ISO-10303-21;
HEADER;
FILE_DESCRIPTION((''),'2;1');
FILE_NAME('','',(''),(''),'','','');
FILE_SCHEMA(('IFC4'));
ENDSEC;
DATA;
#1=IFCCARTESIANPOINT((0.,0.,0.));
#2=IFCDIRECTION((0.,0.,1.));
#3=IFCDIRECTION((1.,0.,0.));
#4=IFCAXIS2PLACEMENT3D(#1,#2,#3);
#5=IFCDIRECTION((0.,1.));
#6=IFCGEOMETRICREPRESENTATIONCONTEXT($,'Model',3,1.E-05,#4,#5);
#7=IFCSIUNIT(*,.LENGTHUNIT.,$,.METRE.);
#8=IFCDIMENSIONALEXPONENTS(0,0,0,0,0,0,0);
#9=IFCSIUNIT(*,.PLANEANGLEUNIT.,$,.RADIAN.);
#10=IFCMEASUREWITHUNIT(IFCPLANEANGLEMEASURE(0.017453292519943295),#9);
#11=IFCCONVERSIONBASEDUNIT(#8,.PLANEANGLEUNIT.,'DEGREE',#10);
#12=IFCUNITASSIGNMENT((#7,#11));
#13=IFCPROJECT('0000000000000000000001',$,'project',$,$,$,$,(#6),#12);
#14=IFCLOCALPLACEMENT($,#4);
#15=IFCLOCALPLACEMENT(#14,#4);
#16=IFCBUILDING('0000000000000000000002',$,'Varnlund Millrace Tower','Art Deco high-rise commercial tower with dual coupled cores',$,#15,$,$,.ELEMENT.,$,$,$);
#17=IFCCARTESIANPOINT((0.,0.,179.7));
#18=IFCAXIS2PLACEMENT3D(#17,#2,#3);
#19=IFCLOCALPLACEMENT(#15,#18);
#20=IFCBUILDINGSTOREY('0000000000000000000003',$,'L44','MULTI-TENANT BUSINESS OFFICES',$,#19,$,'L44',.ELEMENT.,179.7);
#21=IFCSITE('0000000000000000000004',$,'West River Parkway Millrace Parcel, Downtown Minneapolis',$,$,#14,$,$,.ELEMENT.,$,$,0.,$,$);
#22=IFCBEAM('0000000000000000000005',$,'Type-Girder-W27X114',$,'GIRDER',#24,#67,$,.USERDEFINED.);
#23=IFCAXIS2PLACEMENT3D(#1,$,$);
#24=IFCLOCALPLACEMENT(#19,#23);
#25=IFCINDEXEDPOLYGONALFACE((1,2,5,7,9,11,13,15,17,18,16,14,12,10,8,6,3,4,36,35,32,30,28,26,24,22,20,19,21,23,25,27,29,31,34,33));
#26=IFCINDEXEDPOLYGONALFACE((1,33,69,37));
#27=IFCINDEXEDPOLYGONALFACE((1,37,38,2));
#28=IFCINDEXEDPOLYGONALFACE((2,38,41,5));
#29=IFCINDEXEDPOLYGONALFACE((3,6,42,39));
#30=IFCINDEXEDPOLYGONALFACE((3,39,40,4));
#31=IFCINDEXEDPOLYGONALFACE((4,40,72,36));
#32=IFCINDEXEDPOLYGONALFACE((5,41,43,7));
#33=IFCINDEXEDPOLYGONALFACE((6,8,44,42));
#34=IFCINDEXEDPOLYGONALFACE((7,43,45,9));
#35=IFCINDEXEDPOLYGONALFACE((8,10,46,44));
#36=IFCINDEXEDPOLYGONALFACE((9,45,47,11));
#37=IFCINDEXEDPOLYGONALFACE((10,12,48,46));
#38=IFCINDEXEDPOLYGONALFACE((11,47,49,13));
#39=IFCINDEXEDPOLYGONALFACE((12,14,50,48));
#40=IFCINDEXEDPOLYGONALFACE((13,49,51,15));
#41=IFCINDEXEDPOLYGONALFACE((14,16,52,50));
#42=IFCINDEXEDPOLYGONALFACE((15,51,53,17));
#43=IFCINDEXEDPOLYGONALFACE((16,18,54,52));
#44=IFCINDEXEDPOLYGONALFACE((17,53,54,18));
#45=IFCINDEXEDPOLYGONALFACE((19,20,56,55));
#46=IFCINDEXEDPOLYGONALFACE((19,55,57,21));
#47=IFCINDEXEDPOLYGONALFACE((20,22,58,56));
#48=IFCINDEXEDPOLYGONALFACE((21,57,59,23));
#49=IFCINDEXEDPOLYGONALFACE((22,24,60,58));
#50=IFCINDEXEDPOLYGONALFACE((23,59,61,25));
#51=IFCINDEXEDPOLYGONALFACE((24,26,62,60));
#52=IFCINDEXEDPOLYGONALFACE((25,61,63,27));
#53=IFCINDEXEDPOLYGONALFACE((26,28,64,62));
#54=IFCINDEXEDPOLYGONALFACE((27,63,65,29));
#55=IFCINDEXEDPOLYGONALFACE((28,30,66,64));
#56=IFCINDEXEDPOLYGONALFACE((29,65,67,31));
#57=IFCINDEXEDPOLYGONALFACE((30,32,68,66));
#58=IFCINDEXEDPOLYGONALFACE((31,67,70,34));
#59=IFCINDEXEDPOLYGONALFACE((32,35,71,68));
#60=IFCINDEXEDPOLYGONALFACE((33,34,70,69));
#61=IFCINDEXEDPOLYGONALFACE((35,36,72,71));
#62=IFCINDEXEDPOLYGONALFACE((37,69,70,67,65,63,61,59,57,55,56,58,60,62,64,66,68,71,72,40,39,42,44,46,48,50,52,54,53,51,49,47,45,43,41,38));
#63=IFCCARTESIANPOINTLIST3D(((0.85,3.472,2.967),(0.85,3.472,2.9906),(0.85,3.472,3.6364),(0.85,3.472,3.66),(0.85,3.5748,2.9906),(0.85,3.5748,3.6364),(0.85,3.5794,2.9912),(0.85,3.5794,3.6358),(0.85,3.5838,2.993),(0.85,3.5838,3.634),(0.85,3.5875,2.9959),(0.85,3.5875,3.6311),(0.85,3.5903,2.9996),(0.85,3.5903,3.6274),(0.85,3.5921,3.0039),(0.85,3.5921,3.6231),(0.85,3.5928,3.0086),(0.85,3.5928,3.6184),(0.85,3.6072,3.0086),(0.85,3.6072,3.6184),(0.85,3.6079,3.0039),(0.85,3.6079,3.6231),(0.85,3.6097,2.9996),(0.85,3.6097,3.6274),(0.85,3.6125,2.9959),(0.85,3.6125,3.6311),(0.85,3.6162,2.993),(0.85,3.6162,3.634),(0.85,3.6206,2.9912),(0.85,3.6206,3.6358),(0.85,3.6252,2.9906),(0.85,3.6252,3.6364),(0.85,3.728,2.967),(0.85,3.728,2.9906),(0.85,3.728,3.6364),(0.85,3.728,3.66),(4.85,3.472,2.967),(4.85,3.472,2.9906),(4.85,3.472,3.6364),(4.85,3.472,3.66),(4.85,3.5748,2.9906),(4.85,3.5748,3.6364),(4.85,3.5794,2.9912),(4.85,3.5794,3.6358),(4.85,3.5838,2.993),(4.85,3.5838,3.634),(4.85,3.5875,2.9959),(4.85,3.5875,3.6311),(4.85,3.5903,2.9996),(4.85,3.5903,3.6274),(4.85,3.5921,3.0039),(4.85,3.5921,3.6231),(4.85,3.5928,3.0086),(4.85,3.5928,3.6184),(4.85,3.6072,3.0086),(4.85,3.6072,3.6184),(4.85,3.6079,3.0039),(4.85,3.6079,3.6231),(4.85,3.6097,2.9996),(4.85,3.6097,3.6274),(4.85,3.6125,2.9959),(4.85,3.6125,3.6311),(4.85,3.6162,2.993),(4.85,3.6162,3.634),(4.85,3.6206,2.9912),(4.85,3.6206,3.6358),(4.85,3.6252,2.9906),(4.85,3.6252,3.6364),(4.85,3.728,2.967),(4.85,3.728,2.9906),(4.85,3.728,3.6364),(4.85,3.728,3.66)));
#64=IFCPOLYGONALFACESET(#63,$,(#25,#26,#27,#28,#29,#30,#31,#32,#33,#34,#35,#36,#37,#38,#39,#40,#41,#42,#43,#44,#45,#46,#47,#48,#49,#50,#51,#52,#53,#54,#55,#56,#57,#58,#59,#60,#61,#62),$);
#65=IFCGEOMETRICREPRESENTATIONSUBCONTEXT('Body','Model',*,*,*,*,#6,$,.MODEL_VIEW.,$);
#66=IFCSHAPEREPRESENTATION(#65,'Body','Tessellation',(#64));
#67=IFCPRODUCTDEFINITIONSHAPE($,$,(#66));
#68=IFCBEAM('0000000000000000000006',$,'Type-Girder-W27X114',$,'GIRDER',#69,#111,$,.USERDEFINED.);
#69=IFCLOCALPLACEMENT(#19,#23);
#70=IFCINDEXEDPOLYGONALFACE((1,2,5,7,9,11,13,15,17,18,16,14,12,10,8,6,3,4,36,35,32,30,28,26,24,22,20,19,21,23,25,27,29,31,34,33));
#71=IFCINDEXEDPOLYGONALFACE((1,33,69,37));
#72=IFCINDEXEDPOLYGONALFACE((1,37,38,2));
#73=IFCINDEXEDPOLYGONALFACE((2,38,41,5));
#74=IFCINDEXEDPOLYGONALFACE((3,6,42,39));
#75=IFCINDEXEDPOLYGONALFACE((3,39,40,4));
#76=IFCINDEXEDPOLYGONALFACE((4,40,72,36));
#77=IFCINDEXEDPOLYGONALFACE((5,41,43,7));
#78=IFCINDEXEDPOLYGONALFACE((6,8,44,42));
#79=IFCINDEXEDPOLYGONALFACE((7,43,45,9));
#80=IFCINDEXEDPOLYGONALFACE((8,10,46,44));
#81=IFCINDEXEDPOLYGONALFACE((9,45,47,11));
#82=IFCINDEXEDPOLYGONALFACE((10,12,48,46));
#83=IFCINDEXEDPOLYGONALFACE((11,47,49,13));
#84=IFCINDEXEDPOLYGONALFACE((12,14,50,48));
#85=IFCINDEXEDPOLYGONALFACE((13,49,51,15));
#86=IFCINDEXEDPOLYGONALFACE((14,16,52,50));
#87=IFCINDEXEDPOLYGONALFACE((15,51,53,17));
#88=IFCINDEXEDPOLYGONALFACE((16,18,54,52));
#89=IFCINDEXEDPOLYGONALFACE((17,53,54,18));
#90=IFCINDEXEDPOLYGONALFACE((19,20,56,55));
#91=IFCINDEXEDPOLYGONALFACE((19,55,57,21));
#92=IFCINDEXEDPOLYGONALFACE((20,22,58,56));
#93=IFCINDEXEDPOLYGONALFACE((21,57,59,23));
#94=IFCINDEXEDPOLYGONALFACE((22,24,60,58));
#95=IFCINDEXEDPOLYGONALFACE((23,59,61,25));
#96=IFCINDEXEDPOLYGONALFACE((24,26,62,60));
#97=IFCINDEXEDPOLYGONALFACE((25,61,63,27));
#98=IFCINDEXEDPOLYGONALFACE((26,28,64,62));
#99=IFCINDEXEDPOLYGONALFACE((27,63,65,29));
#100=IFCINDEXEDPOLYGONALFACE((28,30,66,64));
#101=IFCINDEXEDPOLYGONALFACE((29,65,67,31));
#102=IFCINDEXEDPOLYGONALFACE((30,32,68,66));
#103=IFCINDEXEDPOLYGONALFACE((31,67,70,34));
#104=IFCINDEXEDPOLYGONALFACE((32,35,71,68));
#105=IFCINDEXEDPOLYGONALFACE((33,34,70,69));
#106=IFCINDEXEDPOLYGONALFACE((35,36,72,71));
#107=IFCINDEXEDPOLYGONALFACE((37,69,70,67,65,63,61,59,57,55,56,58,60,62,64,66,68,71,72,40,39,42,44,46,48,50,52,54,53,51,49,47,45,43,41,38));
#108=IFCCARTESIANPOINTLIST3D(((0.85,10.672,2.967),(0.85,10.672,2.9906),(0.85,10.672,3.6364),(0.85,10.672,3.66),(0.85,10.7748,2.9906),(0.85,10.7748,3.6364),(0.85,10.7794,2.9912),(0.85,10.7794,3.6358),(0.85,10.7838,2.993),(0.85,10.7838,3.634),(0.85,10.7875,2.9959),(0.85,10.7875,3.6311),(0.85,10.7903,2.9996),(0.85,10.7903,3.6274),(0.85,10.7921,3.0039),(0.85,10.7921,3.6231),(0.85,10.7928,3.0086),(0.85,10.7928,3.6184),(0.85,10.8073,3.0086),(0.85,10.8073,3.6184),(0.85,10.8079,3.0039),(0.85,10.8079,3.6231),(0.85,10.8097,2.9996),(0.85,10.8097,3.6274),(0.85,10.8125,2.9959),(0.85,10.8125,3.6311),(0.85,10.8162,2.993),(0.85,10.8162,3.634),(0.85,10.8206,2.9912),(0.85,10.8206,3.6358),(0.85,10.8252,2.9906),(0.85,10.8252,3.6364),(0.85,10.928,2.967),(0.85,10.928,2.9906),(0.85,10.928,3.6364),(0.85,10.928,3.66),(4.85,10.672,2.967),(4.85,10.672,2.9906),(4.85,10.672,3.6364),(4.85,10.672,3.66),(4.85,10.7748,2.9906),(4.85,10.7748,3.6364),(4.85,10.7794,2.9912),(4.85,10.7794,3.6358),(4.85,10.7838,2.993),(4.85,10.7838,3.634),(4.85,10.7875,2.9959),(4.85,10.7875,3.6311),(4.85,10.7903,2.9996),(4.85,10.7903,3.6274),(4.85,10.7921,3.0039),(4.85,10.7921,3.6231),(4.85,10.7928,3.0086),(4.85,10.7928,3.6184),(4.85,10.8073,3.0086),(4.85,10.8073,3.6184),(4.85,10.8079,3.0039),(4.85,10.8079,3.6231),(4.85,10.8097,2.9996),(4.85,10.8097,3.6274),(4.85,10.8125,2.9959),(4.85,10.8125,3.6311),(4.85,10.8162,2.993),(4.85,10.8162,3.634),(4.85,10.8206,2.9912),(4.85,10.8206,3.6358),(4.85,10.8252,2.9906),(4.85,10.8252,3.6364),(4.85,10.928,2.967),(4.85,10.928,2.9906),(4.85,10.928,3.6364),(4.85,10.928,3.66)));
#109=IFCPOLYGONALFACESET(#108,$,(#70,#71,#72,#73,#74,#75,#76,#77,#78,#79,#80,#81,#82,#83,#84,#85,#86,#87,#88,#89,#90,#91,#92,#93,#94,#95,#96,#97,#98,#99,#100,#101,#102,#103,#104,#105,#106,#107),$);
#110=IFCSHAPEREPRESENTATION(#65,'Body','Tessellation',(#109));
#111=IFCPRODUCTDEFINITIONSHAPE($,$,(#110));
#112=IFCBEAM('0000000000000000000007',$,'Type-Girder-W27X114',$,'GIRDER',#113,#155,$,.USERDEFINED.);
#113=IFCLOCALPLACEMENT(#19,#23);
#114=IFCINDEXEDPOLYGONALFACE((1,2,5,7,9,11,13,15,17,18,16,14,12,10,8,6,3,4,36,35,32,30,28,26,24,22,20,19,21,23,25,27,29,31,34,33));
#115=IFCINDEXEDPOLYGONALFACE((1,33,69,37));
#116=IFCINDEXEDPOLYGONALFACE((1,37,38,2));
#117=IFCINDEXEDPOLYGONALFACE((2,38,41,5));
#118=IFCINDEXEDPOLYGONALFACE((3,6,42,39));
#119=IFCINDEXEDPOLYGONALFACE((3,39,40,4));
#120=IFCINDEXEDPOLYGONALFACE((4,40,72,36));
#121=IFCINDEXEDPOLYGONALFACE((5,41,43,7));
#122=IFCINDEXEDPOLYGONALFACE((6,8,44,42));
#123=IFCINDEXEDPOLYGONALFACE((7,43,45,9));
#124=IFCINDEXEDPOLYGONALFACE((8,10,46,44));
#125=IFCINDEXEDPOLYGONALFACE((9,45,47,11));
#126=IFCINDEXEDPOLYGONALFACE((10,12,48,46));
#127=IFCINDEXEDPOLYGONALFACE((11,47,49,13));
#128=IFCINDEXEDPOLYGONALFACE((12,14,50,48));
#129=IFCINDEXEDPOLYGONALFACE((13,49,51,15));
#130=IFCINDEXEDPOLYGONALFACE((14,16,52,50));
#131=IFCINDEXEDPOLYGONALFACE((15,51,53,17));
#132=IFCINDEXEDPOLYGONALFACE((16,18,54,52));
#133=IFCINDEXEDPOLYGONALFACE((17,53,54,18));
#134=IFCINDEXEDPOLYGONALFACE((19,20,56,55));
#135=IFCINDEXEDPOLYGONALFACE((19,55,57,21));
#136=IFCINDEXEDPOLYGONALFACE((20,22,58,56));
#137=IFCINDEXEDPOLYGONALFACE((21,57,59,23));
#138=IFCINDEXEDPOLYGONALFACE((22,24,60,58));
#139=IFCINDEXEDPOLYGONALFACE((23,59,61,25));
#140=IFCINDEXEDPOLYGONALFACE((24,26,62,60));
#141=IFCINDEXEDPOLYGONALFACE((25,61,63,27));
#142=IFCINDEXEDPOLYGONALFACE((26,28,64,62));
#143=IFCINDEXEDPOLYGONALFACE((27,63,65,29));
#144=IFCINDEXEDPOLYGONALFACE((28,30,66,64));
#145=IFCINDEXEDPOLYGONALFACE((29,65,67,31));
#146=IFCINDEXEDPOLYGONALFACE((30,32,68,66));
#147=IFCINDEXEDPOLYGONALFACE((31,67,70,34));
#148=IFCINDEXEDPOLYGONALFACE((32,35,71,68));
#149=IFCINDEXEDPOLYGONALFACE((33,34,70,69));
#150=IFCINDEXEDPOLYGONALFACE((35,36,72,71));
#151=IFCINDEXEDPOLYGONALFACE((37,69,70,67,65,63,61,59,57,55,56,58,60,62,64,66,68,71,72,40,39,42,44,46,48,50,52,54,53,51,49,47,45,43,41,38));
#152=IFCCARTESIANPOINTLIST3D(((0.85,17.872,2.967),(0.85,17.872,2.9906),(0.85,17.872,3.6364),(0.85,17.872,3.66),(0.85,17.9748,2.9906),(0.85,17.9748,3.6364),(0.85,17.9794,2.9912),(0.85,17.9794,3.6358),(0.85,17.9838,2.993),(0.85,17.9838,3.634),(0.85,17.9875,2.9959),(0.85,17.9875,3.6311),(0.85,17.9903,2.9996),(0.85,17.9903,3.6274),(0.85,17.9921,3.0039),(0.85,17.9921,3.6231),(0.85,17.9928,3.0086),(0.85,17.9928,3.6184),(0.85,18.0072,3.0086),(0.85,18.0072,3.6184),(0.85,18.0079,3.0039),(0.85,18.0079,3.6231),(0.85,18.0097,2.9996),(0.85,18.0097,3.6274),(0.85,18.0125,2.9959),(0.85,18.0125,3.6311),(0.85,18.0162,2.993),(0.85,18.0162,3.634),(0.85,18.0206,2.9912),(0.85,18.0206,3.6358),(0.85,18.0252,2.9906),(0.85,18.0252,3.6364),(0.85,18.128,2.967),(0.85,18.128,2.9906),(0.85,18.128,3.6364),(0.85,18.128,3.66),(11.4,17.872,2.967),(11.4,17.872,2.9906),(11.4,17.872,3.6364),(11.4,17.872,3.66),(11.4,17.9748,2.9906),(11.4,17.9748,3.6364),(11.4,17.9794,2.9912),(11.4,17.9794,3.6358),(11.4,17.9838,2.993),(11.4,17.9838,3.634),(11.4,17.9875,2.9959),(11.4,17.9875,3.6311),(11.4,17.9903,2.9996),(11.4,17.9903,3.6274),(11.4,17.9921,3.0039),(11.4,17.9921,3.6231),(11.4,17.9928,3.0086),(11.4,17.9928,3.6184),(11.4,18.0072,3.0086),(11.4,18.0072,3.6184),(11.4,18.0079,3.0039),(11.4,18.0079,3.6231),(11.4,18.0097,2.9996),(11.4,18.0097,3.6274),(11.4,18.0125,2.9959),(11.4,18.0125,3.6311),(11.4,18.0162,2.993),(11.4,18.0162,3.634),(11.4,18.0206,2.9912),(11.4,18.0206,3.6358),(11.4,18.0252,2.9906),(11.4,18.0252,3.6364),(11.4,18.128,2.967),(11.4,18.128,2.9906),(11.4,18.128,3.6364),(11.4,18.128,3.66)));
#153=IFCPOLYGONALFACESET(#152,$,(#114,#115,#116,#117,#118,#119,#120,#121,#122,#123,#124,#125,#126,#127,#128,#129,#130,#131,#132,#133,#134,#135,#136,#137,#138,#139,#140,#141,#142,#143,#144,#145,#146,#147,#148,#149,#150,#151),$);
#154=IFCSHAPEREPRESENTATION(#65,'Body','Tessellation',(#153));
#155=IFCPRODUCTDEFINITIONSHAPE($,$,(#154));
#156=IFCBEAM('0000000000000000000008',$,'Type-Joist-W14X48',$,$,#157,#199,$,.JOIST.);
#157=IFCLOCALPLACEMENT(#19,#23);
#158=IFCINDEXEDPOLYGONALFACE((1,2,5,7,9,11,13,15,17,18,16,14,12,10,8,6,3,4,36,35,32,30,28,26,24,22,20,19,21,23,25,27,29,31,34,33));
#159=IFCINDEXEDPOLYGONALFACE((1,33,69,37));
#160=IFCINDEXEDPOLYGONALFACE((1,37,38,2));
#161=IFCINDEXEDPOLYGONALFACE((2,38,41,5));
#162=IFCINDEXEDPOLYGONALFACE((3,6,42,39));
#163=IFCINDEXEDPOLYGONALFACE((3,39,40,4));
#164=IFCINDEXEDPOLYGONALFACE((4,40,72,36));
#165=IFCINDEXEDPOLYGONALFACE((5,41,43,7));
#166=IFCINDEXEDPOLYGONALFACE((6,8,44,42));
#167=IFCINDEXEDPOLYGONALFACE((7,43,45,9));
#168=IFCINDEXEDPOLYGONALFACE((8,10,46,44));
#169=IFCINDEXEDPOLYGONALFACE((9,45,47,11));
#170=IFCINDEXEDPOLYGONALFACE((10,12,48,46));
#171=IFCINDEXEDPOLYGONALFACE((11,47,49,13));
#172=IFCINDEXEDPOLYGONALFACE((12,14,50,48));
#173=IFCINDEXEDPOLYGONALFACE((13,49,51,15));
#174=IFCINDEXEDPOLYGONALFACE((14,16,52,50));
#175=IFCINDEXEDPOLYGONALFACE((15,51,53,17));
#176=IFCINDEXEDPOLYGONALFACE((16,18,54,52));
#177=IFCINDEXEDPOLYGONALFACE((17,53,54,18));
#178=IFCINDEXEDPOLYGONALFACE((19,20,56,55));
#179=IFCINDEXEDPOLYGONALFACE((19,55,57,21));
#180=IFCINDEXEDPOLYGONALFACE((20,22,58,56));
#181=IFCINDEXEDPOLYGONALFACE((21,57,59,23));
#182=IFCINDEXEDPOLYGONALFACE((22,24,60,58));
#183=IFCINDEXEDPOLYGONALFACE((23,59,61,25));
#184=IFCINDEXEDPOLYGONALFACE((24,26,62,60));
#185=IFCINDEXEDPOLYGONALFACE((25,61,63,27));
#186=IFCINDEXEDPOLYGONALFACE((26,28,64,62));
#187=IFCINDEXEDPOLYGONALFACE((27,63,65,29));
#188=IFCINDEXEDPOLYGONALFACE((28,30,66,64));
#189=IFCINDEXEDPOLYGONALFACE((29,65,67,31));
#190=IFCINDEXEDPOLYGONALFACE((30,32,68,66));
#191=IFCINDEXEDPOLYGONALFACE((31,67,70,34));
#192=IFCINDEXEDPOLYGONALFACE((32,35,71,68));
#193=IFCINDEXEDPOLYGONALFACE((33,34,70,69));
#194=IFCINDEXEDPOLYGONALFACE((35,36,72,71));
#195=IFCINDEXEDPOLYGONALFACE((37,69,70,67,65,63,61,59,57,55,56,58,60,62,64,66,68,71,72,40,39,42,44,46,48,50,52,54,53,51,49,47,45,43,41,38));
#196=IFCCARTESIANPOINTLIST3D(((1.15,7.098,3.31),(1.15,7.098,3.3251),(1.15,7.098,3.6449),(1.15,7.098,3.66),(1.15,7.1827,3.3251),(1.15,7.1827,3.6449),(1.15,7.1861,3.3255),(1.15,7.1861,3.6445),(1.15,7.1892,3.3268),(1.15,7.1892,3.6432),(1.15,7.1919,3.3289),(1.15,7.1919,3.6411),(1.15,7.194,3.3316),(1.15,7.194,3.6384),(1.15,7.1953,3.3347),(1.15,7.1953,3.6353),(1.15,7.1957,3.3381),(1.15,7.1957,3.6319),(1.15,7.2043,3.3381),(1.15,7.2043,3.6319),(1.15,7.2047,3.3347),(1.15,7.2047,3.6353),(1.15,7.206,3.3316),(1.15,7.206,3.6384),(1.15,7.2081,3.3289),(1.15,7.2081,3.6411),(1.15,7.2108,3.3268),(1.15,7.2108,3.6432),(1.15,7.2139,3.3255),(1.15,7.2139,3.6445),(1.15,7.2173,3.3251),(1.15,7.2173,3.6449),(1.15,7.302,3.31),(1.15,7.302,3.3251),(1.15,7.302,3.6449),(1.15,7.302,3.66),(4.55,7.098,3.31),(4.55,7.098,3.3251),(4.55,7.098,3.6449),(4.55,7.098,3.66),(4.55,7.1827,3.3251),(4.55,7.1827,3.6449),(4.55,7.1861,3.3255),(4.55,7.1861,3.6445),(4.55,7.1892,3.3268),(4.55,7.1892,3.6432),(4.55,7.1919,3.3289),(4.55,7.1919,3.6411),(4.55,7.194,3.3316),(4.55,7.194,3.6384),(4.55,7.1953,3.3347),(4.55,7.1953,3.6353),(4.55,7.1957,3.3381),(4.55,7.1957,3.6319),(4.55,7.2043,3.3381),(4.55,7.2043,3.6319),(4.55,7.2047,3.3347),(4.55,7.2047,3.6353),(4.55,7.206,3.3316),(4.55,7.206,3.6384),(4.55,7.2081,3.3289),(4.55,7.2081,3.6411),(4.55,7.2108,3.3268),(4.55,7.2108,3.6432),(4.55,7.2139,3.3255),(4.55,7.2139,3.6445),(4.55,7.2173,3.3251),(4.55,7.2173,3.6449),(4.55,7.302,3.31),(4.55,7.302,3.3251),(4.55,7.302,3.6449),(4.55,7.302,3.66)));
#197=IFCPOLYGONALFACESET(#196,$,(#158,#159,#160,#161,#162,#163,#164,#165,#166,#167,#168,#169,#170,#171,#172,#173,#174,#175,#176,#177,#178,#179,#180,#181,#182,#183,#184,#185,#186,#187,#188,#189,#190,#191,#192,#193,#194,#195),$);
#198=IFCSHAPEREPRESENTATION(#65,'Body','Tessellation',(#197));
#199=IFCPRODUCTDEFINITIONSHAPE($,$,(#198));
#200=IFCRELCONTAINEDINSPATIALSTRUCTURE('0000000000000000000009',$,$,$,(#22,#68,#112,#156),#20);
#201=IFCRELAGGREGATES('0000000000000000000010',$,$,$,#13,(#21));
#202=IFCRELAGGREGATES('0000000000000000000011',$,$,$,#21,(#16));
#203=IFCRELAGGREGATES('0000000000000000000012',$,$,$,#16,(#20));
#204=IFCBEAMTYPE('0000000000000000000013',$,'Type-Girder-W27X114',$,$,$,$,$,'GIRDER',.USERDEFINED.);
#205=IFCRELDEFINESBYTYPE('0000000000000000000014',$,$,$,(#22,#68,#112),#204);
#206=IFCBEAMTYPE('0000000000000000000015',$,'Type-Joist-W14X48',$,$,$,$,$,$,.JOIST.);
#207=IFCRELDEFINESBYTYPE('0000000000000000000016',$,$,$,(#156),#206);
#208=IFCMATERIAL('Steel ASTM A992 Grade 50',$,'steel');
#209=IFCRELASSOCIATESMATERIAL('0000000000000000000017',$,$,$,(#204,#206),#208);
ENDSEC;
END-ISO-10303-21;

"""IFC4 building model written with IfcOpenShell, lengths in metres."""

from ifc_helpers import new_model, entity, si_unit, converted_unit, direction, frame, origin_with_axes, origin_2d_with_axis, place, context, subcontext, project, spatial, i_section, extrude, material, material_profile, profile_set, type_object, element, save


model = new_model("IFC4")

# Units and contexts
model_context = context("Model", 3, precision=1e-05, world=origin_with_axes(), true_north=direction((0.0, 1.0)))
body_context = subcontext(model_context, "Body", "Model", "MODEL_VIEW")
ifc_project = project(units=[si_unit("LENGTHUNIT", "METRE"), converted_unit("PLANEANGLEUNIT", "DEGREE", entity("IfcPlaneAngleMeasure", 0.017453292519943295), si_unit("PLANEANGLEUNIT", "RADIAN"), dimensions=[0, 0, 0, 0, 0, 0, 0])], contexts=[model_context])

# Site, building, storey
site_placement = place(None, origin_with_axes())
site = spatial("IfcSite", under=ifc_project, at=site_placement, Name="West River Parkway Millrace Parcel, Downtown Minneapolis", CompositionType="ELEMENT", RefElevation=0.0)
building_placement = place(site_placement, origin_with_axes())
building = spatial("IfcBuilding", under=site, at=building_placement, Name="Varnlund Millrace Tower", Description="Art Deco high-rise commercial tower with dual coupled cores", CompositionType="ELEMENT")
storey_placement = place(building_placement, frame((0.0, 0.0, 179.7), z_axis=(0.0, 0.0, 1.0), x_axis=(1.0, 0.0, 0.0)))
storey = spatial("IfcBuildingStorey", under=building, at=storey_placement, Name="L44", Description="MULTI-TENANT BUSINESS OFFICES", LongName="L44", CompositionType="ELEMENT", Elevation=179.7)

# Beams
ifc_material_1 = material(Name="Steel ASTM A992 Grade 50", Category="steel")
ifc_material_profile_1 = material_profile(ifc_material_1, i_section(OverallWidth=0.256, OverallDepth=0.693, WebThickness=0.0145, FlangeThickness=0.0236, FilletRadius=0.018, at=origin_2d_with_axis()), Name="Steel ASTM A992 Grade 50")
ifc_profile_set_1 = profile_set([ifc_material_profile_1], Name="Steel ASTM A992 Grade 50")
beam_type_1 = type_object("IfcBeamType", Name="Type-Girder-W27X114", ElementType="GIRDER", PredefinedType="USERDEFINED", material=ifc_profile_set_1)
for number, where, z_axis, x_axis, name in (
    (1, (0.85, 3.6, 3.3135), (1.0, 0.0, 0.0), (0.0, 1.0, 0.0), "Type-Girder-W27X114"),
    (2, (0.85, 10.8, 3.3135), (1.0, 0.0, 0.0), (0.0, 1.0, 0.0), "Type-Girder-W27X114"),
):
    element("IfcBeam", number, at=place(storey_placement, frame(where, z_axis=z_axis, x_axis=x_axis)), inside=storey, type_object=beam_type_1, Name=name, ObjectType="GIRDER", PredefinedType="USERDEFINED", context=body_context, shape_type="SweptSolid", body=[
        extrude(i_section(OverallWidth=0.256, OverallDepth=0.693, WebThickness=0.0145, FlangeThickness=0.0236, FilletRadius=0.018, at=origin_2d_with_axis()), origin_with_axes(), (0.0, 0.0, 1.0), 4.0),
    ])
beam_1_placement = place(storey_placement, frame((0.85, 18.0, 3.3135), z_axis=(1.0, 0.0, 0.0), x_axis=(0.0, 1.0, 0.0)))
element("IfcBeam", 3, at=beam_1_placement, inside=storey, type_object=beam_type_1, Name="Type-Girder-W27X114", ObjectType="GIRDER", PredefinedType="USERDEFINED", context=body_context, shape_type="SweptSolid", body=[
    extrude(i_section(OverallWidth=0.256, OverallDepth=0.693, WebThickness=0.0145, FlangeThickness=0.0236, FilletRadius=0.018, at=origin_2d_with_axis()), origin_with_axes(), (0.0, 0.0, 1.0), 10.55),
])
ifc_material_profile_2 = material_profile(ifc_material_1, i_section(OverallWidth=0.204, OverallDepth=0.35, WebThickness=0.0086, FlangeThickness=0.0151, FilletRadius=0.013, at=origin_2d_with_axis()), Name="Steel ASTM A992 Grade 50")
ifc_profile_set_2 = profile_set([ifc_material_profile_2], Name="Steel ASTM A992 Grade 50")
beam_type_2 = type_object("IfcBeamType", Name="Type-Joist-W14X48", PredefinedType="JOIST", material=ifc_profile_set_2)
for number, where, z_axis, x_axis, name in (
    (4, (1.15, 7.2, 3.485), (1.0, 0.0, 0.0), (0.0, 1.0, 0.0), "Type-Joist-W14X48"),
):
    element("IfcBeam", number, at=place(storey_placement, frame(where, z_axis=z_axis, x_axis=x_axis)), inside=storey, type_object=beam_type_2, Name=name, PredefinedType="JOIST", context=body_context, shape_type="SweptSolid", body=[
        extrude(i_section(OverallWidth=0.204, OverallDepth=0.35, WebThickness=0.0086, FlangeThickness=0.0151, FilletRadius=0.013, at=origin_2d_with_axis()), origin_with_axes(), (0.0, 0.0, 1.0), 3.4),
    ])

save(model, "model.ifc")
